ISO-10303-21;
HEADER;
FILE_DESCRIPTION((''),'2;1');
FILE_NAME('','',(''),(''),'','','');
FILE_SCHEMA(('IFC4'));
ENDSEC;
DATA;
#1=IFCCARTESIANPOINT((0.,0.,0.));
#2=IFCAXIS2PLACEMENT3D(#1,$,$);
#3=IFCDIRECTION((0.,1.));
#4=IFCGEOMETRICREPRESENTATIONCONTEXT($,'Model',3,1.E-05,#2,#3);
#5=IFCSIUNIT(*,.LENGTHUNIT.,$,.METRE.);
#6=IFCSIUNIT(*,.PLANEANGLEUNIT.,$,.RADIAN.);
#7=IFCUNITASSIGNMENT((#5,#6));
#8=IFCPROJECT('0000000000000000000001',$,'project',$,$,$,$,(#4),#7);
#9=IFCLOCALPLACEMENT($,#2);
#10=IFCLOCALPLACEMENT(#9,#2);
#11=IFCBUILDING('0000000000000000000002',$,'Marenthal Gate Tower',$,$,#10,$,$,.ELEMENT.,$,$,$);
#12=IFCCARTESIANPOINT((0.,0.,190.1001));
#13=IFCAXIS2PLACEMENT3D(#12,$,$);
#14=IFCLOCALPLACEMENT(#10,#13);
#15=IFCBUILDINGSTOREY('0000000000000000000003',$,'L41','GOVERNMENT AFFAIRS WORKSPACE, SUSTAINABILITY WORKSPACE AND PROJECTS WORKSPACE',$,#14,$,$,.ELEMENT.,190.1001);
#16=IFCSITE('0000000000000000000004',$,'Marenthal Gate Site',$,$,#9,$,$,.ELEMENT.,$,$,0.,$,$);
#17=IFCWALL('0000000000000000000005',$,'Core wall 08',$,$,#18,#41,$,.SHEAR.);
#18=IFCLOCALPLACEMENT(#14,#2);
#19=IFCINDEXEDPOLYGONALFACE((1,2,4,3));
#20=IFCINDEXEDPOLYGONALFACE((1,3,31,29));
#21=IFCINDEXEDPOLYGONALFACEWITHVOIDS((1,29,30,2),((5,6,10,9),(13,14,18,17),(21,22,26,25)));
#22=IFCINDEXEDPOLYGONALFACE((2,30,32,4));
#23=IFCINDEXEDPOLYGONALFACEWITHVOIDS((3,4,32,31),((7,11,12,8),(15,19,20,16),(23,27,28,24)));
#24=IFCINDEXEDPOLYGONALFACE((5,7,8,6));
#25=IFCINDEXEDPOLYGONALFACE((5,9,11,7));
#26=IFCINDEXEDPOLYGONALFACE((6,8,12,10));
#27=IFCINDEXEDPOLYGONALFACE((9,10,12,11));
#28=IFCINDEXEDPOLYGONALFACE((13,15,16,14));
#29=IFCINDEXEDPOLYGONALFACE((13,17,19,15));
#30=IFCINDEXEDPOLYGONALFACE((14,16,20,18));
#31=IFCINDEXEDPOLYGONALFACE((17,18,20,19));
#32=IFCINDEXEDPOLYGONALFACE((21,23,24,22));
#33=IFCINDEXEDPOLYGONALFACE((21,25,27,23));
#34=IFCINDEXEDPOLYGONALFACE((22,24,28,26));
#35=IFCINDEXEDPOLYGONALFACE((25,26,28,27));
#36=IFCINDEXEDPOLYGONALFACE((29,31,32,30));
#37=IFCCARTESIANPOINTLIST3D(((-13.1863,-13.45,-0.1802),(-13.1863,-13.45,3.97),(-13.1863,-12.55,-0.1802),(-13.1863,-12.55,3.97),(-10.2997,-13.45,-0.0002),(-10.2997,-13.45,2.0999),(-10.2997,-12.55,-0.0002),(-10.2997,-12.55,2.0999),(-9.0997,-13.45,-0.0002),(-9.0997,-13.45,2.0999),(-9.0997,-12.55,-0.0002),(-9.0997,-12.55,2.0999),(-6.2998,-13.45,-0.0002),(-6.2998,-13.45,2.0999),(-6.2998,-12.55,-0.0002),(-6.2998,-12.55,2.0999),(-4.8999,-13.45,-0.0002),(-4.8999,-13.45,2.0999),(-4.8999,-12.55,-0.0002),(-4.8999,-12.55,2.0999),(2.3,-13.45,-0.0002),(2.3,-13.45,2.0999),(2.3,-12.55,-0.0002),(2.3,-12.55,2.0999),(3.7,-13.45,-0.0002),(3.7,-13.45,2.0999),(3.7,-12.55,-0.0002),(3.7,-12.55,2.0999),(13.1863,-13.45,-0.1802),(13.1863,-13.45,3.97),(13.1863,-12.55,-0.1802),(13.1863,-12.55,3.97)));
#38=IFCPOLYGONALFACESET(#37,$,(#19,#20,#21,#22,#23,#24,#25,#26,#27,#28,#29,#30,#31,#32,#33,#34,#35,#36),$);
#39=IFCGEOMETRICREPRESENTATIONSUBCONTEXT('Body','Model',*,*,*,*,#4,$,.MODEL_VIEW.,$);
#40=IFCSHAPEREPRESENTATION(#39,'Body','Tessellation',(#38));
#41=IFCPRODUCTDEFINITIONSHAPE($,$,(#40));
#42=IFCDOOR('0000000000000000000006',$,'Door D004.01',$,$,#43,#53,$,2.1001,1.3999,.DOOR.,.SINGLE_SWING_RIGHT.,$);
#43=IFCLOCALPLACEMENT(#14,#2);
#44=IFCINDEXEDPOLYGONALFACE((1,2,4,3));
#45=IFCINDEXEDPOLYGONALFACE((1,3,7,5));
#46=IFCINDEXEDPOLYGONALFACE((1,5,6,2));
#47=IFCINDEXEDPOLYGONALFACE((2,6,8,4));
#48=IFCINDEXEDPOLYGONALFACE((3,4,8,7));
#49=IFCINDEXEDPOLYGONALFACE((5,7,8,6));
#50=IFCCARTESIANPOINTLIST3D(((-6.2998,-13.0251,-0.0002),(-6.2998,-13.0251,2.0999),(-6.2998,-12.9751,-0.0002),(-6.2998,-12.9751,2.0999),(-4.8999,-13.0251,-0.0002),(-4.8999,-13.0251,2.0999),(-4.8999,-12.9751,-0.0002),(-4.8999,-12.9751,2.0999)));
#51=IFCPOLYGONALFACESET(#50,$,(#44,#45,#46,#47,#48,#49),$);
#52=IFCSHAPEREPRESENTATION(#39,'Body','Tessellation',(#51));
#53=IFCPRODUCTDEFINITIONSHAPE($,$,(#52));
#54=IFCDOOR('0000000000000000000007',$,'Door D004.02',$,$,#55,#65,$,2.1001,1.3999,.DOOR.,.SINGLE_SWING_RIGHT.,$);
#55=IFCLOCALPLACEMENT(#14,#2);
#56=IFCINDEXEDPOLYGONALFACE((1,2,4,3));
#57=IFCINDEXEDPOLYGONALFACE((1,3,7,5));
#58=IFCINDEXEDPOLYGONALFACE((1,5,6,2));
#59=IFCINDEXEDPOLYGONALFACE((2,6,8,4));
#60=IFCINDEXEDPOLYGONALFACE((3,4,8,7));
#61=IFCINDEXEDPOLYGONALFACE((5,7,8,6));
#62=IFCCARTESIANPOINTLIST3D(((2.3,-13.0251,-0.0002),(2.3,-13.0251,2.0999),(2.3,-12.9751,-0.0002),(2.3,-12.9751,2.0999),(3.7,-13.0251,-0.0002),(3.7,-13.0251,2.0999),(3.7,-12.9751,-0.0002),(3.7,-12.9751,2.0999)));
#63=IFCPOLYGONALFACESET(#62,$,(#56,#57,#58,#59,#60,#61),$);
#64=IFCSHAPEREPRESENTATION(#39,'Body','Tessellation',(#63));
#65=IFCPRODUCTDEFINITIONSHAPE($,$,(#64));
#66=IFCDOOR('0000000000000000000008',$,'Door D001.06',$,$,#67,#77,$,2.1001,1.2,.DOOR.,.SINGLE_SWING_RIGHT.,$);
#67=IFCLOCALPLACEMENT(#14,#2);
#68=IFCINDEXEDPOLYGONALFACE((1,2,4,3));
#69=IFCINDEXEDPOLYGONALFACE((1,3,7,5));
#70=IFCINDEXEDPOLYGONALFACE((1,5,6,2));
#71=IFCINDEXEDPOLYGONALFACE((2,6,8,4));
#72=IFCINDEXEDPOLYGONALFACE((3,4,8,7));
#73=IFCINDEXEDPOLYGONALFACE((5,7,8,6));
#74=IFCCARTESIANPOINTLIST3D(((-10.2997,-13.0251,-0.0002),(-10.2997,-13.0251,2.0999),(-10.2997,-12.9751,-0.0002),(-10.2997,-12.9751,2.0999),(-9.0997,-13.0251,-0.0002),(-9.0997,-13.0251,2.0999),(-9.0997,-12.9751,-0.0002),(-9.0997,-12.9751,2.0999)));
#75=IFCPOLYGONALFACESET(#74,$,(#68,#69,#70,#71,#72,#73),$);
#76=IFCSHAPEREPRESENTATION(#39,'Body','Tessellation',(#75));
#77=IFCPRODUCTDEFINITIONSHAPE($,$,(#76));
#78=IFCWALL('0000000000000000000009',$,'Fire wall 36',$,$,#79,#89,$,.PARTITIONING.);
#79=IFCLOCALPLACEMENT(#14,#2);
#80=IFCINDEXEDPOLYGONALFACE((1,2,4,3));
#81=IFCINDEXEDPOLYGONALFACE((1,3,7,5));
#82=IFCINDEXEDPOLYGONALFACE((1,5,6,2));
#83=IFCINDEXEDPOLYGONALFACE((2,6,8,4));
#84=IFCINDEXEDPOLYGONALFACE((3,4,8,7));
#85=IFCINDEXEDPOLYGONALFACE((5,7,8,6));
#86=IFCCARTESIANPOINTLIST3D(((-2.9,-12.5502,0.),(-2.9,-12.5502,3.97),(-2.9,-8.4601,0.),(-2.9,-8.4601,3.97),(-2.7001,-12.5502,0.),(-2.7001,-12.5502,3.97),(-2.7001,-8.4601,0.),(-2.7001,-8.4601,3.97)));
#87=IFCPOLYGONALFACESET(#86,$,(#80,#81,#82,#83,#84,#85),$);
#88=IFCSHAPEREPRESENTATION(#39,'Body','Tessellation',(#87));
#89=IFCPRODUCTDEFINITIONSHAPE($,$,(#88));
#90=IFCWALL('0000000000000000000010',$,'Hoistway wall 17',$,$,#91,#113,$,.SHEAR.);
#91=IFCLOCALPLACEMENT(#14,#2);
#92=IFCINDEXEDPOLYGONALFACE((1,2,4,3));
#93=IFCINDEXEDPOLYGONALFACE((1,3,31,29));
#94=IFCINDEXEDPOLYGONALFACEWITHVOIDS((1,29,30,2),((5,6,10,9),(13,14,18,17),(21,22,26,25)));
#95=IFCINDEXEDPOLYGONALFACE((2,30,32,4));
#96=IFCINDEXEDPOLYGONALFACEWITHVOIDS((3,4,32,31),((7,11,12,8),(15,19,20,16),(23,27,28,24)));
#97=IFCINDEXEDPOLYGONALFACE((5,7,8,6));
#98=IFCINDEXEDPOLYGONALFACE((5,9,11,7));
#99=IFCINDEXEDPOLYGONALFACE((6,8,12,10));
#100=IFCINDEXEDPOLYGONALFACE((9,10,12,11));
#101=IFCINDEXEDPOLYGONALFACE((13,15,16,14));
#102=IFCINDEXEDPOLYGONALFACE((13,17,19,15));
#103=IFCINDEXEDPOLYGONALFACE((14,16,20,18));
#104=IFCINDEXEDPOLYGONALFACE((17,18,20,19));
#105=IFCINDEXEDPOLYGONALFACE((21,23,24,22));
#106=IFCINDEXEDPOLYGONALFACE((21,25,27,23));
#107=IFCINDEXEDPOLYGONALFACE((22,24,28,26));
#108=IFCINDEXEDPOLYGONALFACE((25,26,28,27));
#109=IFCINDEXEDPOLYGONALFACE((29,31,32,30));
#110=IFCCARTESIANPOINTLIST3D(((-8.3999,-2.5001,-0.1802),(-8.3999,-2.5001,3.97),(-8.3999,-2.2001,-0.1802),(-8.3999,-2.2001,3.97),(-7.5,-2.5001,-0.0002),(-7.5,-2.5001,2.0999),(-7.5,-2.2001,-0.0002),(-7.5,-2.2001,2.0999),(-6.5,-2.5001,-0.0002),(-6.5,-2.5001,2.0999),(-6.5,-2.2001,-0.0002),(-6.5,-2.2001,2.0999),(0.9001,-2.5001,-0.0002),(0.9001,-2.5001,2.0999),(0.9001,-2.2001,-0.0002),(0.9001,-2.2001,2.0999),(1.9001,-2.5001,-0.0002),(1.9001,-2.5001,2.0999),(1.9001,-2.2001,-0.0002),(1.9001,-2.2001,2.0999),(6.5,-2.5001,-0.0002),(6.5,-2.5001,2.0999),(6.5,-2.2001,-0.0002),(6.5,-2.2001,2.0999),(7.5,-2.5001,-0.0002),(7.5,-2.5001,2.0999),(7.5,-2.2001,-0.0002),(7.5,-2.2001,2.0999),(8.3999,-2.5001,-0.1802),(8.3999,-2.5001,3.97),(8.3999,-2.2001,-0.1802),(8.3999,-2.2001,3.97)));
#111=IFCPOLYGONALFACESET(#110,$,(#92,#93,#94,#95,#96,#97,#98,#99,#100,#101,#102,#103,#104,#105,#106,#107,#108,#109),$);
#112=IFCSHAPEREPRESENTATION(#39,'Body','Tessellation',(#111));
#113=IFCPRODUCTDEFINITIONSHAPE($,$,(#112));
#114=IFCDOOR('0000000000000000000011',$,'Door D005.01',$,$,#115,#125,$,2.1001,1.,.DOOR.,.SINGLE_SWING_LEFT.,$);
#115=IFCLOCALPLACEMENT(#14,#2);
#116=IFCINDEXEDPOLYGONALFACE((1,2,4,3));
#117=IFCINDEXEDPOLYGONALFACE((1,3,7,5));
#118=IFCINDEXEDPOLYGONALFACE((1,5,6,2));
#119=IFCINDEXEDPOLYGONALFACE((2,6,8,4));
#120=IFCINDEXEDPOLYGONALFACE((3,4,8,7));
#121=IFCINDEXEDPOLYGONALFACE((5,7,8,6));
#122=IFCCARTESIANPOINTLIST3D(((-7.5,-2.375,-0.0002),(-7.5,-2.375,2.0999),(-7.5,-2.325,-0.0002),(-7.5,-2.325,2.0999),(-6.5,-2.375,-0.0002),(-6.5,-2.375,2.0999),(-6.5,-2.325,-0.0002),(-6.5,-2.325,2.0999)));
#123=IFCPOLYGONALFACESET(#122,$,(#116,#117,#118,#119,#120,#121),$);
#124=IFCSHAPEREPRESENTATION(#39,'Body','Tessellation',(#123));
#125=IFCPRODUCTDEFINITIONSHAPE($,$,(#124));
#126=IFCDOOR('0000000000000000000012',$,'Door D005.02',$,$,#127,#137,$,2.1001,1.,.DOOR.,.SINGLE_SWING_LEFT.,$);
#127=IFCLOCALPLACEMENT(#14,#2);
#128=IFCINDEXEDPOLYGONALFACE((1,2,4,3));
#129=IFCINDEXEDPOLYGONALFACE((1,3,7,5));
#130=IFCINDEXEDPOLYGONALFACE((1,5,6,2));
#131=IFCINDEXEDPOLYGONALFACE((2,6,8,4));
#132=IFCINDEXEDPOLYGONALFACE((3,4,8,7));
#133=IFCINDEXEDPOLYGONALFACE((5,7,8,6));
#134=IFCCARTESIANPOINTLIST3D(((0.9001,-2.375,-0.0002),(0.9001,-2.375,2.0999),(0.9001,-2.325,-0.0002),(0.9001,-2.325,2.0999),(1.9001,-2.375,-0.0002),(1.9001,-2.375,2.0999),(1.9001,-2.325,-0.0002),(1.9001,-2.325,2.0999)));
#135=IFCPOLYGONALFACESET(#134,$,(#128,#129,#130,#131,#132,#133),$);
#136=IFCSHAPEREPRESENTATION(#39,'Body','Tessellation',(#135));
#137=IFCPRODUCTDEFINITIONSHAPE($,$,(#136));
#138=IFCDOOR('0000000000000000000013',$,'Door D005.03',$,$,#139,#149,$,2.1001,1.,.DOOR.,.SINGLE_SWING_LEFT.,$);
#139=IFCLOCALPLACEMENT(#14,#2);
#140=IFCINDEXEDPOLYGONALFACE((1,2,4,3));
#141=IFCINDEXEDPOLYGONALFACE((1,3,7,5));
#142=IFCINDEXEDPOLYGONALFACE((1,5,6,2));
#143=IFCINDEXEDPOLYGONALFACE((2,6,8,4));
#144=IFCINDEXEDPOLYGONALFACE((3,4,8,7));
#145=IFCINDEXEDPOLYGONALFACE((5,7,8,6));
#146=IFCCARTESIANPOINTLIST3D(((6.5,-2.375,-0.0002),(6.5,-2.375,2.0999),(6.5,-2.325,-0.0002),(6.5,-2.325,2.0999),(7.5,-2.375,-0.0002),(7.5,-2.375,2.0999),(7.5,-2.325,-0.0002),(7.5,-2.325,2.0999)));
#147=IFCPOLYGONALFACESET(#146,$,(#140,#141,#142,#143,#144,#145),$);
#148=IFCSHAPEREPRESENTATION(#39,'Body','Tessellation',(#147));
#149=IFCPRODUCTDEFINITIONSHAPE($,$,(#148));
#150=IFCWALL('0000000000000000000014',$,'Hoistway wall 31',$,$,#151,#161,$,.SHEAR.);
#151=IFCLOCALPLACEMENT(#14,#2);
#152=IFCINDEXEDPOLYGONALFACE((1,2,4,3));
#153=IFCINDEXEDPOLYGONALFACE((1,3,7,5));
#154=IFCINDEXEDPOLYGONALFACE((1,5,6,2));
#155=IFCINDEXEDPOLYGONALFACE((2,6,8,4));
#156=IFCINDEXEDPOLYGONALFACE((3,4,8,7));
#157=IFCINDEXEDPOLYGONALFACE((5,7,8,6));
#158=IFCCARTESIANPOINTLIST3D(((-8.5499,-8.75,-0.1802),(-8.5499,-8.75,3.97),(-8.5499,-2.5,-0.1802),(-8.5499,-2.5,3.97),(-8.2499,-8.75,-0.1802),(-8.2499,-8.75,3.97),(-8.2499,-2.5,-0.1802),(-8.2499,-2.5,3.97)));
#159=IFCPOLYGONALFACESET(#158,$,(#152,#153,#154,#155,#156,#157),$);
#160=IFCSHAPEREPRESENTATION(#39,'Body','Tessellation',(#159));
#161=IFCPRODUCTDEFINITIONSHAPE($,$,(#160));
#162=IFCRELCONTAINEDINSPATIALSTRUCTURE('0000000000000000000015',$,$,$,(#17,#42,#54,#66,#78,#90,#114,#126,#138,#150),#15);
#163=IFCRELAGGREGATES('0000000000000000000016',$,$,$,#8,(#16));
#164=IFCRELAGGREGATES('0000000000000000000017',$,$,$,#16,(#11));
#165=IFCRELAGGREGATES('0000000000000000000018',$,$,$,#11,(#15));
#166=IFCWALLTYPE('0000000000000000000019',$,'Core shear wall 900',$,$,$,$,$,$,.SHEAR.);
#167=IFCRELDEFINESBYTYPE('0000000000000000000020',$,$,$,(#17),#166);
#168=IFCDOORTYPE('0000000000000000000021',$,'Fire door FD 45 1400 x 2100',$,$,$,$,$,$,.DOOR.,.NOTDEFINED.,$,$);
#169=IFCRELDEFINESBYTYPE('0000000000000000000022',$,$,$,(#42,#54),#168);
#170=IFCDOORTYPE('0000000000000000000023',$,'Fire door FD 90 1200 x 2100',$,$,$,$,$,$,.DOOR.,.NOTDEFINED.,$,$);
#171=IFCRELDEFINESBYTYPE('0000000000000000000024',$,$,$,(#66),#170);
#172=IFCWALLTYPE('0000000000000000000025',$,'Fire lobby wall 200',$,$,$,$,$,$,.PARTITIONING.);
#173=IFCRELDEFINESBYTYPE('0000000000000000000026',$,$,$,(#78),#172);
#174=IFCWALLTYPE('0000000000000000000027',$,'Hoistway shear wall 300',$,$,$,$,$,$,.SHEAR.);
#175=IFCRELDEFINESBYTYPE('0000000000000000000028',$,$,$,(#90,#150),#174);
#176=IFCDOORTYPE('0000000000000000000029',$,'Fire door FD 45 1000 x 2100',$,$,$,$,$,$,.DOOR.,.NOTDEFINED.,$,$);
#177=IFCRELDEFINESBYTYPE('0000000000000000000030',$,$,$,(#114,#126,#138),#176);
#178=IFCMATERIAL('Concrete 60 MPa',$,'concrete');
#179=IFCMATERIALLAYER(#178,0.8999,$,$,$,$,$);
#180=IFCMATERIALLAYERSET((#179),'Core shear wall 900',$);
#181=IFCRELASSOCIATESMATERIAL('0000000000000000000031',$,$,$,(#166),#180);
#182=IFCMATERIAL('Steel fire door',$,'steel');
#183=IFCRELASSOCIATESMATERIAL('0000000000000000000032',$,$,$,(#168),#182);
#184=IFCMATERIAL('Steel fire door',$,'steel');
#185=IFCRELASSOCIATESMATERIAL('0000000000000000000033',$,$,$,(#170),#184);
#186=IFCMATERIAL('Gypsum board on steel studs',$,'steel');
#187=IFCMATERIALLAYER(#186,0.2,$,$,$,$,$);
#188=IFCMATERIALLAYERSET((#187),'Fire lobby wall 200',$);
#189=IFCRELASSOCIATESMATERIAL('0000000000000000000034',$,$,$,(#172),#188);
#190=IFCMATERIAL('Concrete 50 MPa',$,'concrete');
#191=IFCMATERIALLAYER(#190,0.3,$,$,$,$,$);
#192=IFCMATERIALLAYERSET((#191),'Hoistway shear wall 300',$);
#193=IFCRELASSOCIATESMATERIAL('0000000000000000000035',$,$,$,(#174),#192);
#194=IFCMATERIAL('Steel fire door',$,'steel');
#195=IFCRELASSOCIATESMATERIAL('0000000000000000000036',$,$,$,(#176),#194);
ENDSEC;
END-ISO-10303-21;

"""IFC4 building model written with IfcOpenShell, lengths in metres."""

from ifc_helpers import new_model, si_unit, direction, frame, frame_2d, origin, place, context, subcontext, project, spatial, rectangle, extrude, material, layer, layer_set, type_object, element, fill, save


model = new_model("IFC4")

# Units and contexts
model_context = context("Model", 3, precision=1e-05, world=origin(), true_north=direction((0.0, 1.0)))
body_context = subcontext(model_context, "Body", "Model", "MODEL_VIEW")
ifc_project = project(units=[si_unit("LENGTHUNIT", "METRE"), si_unit("PLANEANGLEUNIT", "RADIAN")], contexts=[model_context])

# Site, building, storey
site_placement = place(None, origin())
site = spatial("IfcSite", under=ifc_project, at=site_placement, Name="Marenthal Gate Site", CompositionType="ELEMENT", RefElevation=0.0)
building_placement = place(site_placement, origin())
building = spatial("IfcBuilding", under=site, at=building_placement, Name="Marenthal Gate Tower", CompositionType="ELEMENT")
storey_placement = place(building_placement, frame((0.0, 0.0, 190.1001)))
storey = spatial("IfcBuildingStorey", under=building, at=storey_placement, Name="L41", Description="GOVERNMENT AFFAIRS WORKSPACE, SUSTAINABILITY WORKSPACE AND PROJECTS WORKSPACE", CompositionType="ELEMENT", Elevation=190.1001)

# Wall, openings, doors
ifc_material_1 = material(Name="Concrete 60 MPa", Category="concrete")
ifc_layer_1 = layer(ifc_material_1, 0.8999)
ifc_layer_set_1 = layer_set([ifc_layer_1], Name="Core shear wall 900")
wall_type_1 = type_object("IfcWallType", Name="Core shear wall 900", PredefinedType="SHEAR", material=ifc_layer_set_1)
wall_1_placement = place(storey_placement, frame((-13.1863, -13.0, -0.1802), z_axis=(0.0, 0.0, 1.0), x_axis=(1.0, 0.0, 0.0)))
wall_1 = element("IfcWall", 1, at=wall_1_placement, inside=storey, type_object=wall_type_1, Name="Core wall 08", PredefinedType="SHEAR", context=body_context, shape_type="SweptSolid", body=[
    extrude(rectangle(XDim=26.3726, YDim=0.8999, at=frame_2d((13.1863, 0.0))), origin(), (0.0, 0.0, 1.0), 4.1501),
])
opening_1_placement = place(wall_1_placement, frame((2.8865, 0.0, 0.1799)))
opening_1 = element("IfcOpeningElement", 2, at=opening_1_placement, cuts=wall_1, PredefinedType="OPENING", context=body_context, shape_type="SweptSolid", body=[
    extrude(rectangle(XDim=1.2, YDim=2.1001, at=frame_2d((0.6001, 1.05))), frame((0.0, 0.46, 0.0), z_axis=(0.0, -1.0, 0.0), x_axis=(1.0, 0.0, 0.0)), (0.0, 0.0, 1.0), 0.9199),
])
opening_2_placement = place(wall_1_placement, frame((6.8865, 0.0, 0.1799)))
opening_2 = element("IfcOpeningElement", 3, at=opening_2_placement, cuts=wall_1, PredefinedType="OPENING", context=body_context, shape_type="SweptSolid", body=[
    extrude(rectangle(XDim=1.3999, YDim=2.1001, at=frame_2d((0.7, 1.05))), frame((0.0, 0.46, 0.0), z_axis=(0.0, -1.0, 0.0), x_axis=(1.0, 0.0, 0.0)), (0.0, 0.0, 1.0), 0.9199),
])
opening_3_placement = place(wall_1_placement, frame((15.4863, 0.0, 0.1799)))
opening_3 = element("IfcOpeningElement", 4, at=opening_3_placement, cuts=wall_1, PredefinedType="OPENING", context=body_context, shape_type="SweptSolid", body=[
    extrude(rectangle(XDim=1.3999, YDim=2.1001, at=frame_2d((0.7, 1.05))), frame((0.0, 0.46, 0.0), z_axis=(0.0, -1.0, 0.0), x_axis=(1.0, 0.0, 0.0)), (0.0, 0.0, 1.0), 0.9199),
])
ifc_material_2 = material(Name="Steel fire door", Category="steel")
door_type_1 = type_object("IfcDoorType", Name="Fire door FD 45 1400 x 2100", OperationType="NOTDEFINED", PredefinedType="DOOR", material=ifc_material_2)
door_1_placement = place(opening_2_placement, origin())
door_1 = element("IfcDoor", 5, at=door_1_placement, inside=storey, type_object=door_type_1, Name="Door D004.01", OperationType="SINGLE_SWING_RIGHT", OverallHeight=2.1001, OverallWidth=1.3999, PredefinedType="DOOR", context=body_context, shape_type="SweptSolid", body=[
    extrude(rectangle(XDim=1.3999, YDim=2.1001, at=frame_2d((0.7, 1.05))), frame((0.0, 0.0249, 0.0), z_axis=(0.0, -1.0, 0.0), x_axis=(1.0, 0.0, 0.0)), (0.0, 0.0, 1.0), 0.05),
])
fill(opening_2, door_1)
door_2_placement = place(opening_3_placement, origin())
door_2 = element("IfcDoor", 6, at=door_2_placement, inside=storey, type_object=door_type_1, Name="Door D004.02", OperationType="SINGLE_SWING_RIGHT", OverallHeight=2.1001, OverallWidth=1.3999, PredefinedType="DOOR", context=body_context, shape_type="SweptSolid", body=[
    extrude(rectangle(XDim=1.3999, YDim=2.1001, at=frame_2d((0.7, 1.05))), frame((0.0, 0.0249, 0.0), z_axis=(0.0, -1.0, 0.0), x_axis=(1.0, 0.0, 0.0)), (0.0, 0.0, 1.0), 0.05),
])
fill(opening_3, door_2)
ifc_material_3 = material(Name="Steel fire door", Category="steel")
door_type_2 = type_object("IfcDoorType", Name="Fire door FD 90 1200 x 2100", OperationType="NOTDEFINED", PredefinedType="DOOR", material=ifc_material_3)
door_3_placement = place(opening_1_placement, origin())
door_3 = element("IfcDoor", 7, at=door_3_placement, inside=storey, type_object=door_type_2, Name="Door D001.06", OperationType="SINGLE_SWING_RIGHT", OverallHeight=2.1001, OverallWidth=1.2, PredefinedType="DOOR", context=body_context, shape_type="SweptSolid", body=[
    extrude(rectangle(XDim=1.2, YDim=2.1001, at=frame_2d((0.6001, 1.05))), frame((0.0, 0.0249, 0.0), z_axis=(0.0, -1.0, 0.0), x_axis=(1.0, 0.0, 0.0)), (0.0, 0.0, 1.0), 0.05),
])
fill(opening_1, door_3)

# Wall
ifc_material_4 = material(Name="Gypsum board on steel studs", Category="steel")
ifc_layer_2 = layer(ifc_material_4, 0.2)
ifc_layer_set_2 = layer_set([ifc_layer_2], Name="Fire lobby wall 200")
wall_type_2 = type_object("IfcWallType", Name="Fire lobby wall 200", PredefinedType="PARTITIONING", material=ifc_layer_set_2)
wall_2_placement = place(storey_placement, frame((-2.8, -12.55, 0.0), z_axis=(0.0, 0.0, 1.0), x_axis=(0.0, 1.0, 0.0)))
element("IfcWall", 8, at=wall_2_placement, inside=storey, type_object=wall_type_2, Name="Fire wall 36", PredefinedType="PARTITIONING", context=body_context, shape_type="SweptSolid", body=[
    extrude(rectangle(XDim=4.0901, YDim=0.2, at=frame_2d((2.0449, 0.0))), origin(), (0.0, 0.0, 1.0), 3.97),
])

# Wall, openings, doors
ifc_material_5 = material(Name="Concrete 50 MPa", Category="concrete")
ifc_layer_3 = layer(ifc_material_5, 0.3)
ifc_layer_set_3 = layer_set([ifc_layer_3], Name="Hoistway shear wall 300")
wall_type_3 = type_object("IfcWallType", Name="Hoistway shear wall 300", PredefinedType="SHEAR", material=ifc_layer_set_3)
wall_3_placement = place(storey_placement, frame((-8.3999, -2.3501, -0.1802), z_axis=(0.0, 0.0, 1.0), x_axis=(1.0, 0.0, 0.0)))
wall_3 = element("IfcWall", 9, at=wall_3_placement, inside=storey, type_object=wall_type_3, Name="Hoistway wall 17", PredefinedType="SHEAR", context=body_context, shape_type="SweptSolid", body=[
    extrude(rectangle(XDim=16.7998, YDim=0.3, at=frame_2d((8.3999, 0.0))), origin(), (0.0, 0.0, 1.0), 4.1501),
])
opening_4_placement = place(wall_3_placement, frame((0.8999, 0.0, 0.1799)))
opening_4 = element("IfcOpeningElement", 10, at=opening_4_placement, cuts=wall_3, PredefinedType="OPENING", context=body_context, shape_type="SweptSolid", body=[
    extrude(rectangle(XDim=1.0, YDim=2.1001, at=frame_2d((0.5, 1.05))), frame((0.0, 0.1602, 0.0), z_axis=(0.0, -1.0, 0.0), x_axis=(1.0, 0.0, 0.0)), (0.0, 0.0, 1.0), 0.3201),
])
opening_5_placement = place(wall_3_placement, frame((9.3, 0.0, 0.1799)))
opening_5 = element("IfcOpeningElement", 11, at=opening_5_placement, cuts=wall_3, PredefinedType="OPENING", context=body_context, shape_type="SweptSolid", body=[
    extrude(rectangle(XDim=1.0, YDim=2.1001, at=frame_2d((0.5, 1.05))), frame((0.0, 0.1602, 0.0), z_axis=(0.0, -1.0, 0.0), x_axis=(1.0, 0.0, 0.0)), (0.0, 0.0, 1.0), 0.3201),
])
opening_6_placement = place(wall_3_placement, frame((14.8999, 0.0, 0.1799)))
opening_6 = element("IfcOpeningElement", 12, at=opening_6_placement, cuts=wall_3, PredefinedType="OPENING", context=body_context, shape_type="SweptSolid", body=[
    extrude(rectangle(XDim=1.0, YDim=2.1001, at=frame_2d((0.5, 1.05))), frame((0.0, 0.1602, 0.0), z_axis=(0.0, -1.0, 0.0), x_axis=(1.0, 0.0, 0.0)), (0.0, 0.0, 1.0), 0.3201),
])
ifc_material_6 = material(Name="Steel fire door", Category="steel")
door_type_3 = type_object("IfcDoorType", Name="Fire door FD 45 1000 x 2100", OperationType="NOTDEFINED", PredefinedType="DOOR", material=ifc_material_6)
door_4_placement = place(opening_4_placement, frame((1.0, 0.0, 0.0), z_axis=(0.0, 0.0, 1.0), x_axis=(-1.0, 0.0, 0.0)))
door_4 = element("IfcDoor", 13, at=door_4_placement, inside=storey, type_object=door_type_3, Name="Door D005.01", OperationType="SINGLE_SWING_LEFT", OverallHeight=2.1001, OverallWidth=1.0, PredefinedType="DOOR", context=body_context, shape_type="SweptSolid", body=[
    extrude(rectangle(XDim=1.0, YDim=2.1001, at=frame_2d((0.5, 1.05))), frame((0.0, 0.0249, 0.0), z_axis=(0.0, -1.0, 0.0), x_axis=(1.0, 0.0, 0.0)), (0.0, 0.0, 1.0), 0.05),
])
fill(opening_4, door_4)
door_5_placement = place(opening_5_placement, frame((1.0, 0.0, 0.0), z_axis=(0.0, 0.0, 1.0), x_axis=(-1.0, 0.0, 0.0)))
door_5 = element("IfcDoor", 14, at=door_5_placement, inside=storey, type_object=door_type_3, Name="Door D005.02", OperationType="SINGLE_SWING_LEFT", OverallHeight=2.1001, OverallWidth=1.0, PredefinedType="DOOR", context=body_context, shape_type="SweptSolid", body=[
    extrude(rectangle(XDim=1.0, YDim=2.1001, at=frame_2d((0.5, 1.05))), frame((0.0, 0.0249, 0.0), z_axis=(0.0, -1.0, 0.0), x_axis=(1.0, 0.0, 0.0)), (0.0, 0.0, 1.0), 0.05),
])
fill(opening_5, door_5)
door_6_placement = place(opening_6_placement, frame((1.0, 0.0, 0.0), z_axis=(0.0, 0.0, 1.0), x_axis=(-1.0, 0.0, 0.0)))
door_6 = element("IfcDoor", 15, at=door_6_placement, inside=storey, type_object=door_type_3, Name="Door D005.03", OperationType="SINGLE_SWING_LEFT", OverallHeight=2.1001, OverallWidth=1.0, PredefinedType="DOOR", context=body_context, shape_type="SweptSolid", body=[
    extrude(rectangle(XDim=1.0, YDim=2.1001, at=frame_2d((0.5, 1.05))), frame((0.0, 0.0249, 0.0), z_axis=(0.0, -1.0, 0.0), x_axis=(1.0, 0.0, 0.0)), (0.0, 0.0, 1.0), 0.05),
])
fill(opening_6, door_6)

# Wall
wall_4_placement = place(storey_placement, frame((-8.3999, -8.75, -0.1802), z_axis=(0.0, 0.0, 1.0), x_axis=(0.0, 1.0, 0.0)))
element("IfcWall", 16, at=wall_4_placement, inside=storey, type_object=wall_type_3, Name="Hoistway wall 31", PredefinedType="SHEAR", context=body_context, shape_type="SweptSolid", body=[
    extrude(rectangle(XDim=6.25, YDim=0.3, at=frame_2d((3.125, 0.0))), origin(), (0.0, 0.0, 1.0), 4.1501),
])

save(model, "model.ifc")
